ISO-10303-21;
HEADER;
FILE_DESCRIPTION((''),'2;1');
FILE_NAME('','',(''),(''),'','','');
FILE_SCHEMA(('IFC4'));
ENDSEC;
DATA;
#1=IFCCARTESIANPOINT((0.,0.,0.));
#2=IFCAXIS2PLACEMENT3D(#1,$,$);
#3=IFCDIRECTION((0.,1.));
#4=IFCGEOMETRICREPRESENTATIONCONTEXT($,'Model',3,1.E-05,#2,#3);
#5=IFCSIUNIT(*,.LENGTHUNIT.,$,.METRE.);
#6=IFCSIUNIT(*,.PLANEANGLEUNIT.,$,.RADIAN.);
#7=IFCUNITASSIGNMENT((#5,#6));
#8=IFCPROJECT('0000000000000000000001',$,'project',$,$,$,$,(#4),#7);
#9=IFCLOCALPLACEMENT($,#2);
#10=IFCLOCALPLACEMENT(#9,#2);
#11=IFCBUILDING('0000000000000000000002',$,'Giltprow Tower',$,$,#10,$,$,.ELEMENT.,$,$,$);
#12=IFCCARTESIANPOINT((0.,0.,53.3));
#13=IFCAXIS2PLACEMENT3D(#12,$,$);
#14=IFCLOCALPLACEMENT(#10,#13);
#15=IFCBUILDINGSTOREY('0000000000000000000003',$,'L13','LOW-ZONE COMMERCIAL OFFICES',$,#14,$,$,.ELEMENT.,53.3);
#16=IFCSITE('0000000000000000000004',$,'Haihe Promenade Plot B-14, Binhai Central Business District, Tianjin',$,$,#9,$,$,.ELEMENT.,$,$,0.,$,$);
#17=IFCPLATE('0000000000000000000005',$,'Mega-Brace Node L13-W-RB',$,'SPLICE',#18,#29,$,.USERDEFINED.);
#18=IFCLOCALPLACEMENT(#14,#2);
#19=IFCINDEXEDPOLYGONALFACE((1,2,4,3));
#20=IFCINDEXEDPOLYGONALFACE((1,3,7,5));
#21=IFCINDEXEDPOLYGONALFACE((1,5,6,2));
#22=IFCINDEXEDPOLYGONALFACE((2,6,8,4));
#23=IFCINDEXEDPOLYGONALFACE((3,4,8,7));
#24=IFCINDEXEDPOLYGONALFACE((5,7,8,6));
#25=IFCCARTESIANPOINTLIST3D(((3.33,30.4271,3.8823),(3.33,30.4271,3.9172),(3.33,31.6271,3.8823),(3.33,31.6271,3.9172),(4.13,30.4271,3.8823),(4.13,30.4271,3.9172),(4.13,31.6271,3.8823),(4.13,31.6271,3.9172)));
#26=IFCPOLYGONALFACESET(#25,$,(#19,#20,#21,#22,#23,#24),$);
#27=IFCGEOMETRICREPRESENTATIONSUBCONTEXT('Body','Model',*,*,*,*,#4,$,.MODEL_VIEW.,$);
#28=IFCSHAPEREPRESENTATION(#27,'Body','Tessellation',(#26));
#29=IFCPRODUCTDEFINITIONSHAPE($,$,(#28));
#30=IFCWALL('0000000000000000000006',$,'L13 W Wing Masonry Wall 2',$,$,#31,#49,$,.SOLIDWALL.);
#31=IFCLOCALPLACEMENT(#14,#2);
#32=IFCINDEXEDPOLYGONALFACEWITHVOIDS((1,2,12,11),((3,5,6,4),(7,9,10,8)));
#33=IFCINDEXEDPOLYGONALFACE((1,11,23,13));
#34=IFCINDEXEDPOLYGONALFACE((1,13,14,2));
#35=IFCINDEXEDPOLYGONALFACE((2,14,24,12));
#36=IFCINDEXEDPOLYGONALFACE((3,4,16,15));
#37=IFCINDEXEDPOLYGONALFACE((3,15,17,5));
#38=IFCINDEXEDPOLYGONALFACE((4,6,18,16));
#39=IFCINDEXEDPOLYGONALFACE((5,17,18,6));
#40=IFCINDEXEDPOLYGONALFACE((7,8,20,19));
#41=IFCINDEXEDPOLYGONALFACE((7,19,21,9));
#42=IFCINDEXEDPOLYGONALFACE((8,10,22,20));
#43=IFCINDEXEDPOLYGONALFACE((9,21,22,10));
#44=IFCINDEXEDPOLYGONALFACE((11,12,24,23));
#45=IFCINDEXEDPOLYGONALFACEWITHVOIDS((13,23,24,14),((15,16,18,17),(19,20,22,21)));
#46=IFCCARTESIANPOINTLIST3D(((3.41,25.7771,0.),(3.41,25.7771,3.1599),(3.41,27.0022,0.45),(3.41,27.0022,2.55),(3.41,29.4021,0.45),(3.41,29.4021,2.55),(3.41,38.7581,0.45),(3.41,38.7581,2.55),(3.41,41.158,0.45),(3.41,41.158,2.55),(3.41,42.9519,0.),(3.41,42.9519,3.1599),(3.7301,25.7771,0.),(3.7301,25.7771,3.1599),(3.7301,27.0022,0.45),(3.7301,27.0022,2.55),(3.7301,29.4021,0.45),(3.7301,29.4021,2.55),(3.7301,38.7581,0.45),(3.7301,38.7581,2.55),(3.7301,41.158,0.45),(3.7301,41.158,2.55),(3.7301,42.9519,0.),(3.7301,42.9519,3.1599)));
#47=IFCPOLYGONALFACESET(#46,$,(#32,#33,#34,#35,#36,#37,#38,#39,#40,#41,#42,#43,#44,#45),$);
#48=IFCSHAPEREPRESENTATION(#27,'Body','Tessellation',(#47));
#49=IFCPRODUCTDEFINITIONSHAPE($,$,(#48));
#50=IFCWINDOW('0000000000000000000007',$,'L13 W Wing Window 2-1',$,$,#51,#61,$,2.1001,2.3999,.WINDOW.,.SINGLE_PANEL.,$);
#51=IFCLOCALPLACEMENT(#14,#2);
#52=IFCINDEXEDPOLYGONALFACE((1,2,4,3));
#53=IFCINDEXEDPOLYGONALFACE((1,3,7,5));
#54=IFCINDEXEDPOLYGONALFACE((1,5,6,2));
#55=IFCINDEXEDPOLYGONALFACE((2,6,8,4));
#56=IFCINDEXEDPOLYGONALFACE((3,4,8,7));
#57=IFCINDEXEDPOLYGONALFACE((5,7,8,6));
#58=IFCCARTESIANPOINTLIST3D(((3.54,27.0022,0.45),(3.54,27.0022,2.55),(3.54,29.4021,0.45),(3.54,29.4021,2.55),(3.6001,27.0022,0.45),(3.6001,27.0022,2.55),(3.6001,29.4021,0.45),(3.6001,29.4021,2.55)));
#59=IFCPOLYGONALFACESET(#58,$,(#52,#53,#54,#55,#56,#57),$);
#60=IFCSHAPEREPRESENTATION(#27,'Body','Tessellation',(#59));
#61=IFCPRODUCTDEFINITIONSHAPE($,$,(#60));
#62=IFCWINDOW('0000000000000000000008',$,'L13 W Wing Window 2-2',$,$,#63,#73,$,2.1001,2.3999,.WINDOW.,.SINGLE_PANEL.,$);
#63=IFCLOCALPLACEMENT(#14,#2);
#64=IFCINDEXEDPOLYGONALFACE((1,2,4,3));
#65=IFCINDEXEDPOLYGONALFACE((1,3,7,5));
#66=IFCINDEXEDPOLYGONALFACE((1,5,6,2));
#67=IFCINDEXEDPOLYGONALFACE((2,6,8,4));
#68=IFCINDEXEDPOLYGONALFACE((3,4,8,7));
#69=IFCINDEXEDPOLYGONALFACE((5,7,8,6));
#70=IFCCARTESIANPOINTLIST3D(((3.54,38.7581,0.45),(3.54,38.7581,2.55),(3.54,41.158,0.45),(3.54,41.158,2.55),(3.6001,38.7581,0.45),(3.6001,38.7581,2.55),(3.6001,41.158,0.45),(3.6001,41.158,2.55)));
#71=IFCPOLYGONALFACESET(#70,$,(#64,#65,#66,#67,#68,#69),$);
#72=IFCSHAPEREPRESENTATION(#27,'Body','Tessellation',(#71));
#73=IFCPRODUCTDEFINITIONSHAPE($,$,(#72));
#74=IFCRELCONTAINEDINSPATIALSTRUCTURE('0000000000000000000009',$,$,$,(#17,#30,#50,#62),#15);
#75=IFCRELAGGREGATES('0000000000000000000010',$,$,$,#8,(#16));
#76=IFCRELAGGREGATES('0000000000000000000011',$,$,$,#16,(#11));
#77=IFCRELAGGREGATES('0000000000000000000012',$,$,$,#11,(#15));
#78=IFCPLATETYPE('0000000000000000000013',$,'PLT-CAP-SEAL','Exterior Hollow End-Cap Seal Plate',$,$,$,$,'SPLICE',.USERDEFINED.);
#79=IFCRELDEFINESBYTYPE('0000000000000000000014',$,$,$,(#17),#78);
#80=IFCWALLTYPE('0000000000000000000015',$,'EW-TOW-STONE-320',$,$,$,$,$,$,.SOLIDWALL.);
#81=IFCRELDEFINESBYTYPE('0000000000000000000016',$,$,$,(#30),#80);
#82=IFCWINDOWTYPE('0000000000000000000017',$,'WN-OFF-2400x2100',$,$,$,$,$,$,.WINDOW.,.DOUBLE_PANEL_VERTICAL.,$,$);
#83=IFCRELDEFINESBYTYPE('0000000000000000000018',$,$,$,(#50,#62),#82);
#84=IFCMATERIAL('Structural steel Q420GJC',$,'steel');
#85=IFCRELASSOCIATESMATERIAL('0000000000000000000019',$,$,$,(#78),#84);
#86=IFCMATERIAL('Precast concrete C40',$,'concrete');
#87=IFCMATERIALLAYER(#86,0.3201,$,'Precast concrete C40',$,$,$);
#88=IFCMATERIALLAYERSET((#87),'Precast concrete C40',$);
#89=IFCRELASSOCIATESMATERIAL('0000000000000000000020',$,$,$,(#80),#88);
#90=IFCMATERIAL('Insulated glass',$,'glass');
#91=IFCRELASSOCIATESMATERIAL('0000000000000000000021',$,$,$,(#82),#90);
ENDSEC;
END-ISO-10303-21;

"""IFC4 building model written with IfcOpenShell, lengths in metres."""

from ifc_helpers import new_model, si_unit, direction, frame, frame_2d, origin, origin_2d, place, context, subcontext, project, spatial, rectangle, extrude, source, transform, mapped, material, layer, layer_set, type_object, element, fill, save


model = new_model("IFC4")

# Units and contexts
model_context = context("Model", 3, precision=1e-05, world=origin(), true_north=direction((0.0, 1.0)))
body_context = subcontext(model_context, "Body", "Model", "MODEL_VIEW")
ifc_project = project(units=[si_unit("LENGTHUNIT", "METRE"), si_unit("PLANEANGLEUNIT", "RADIAN")], contexts=[model_context])

# Site, building, storey
site_placement = place(None, origin())
site = spatial("IfcSite", under=ifc_project, at=site_placement, Name="Haihe Promenade Plot B-14, Binhai Central Business District, Tianjin", CompositionType="ELEMENT", RefElevation=0.0)
building_placement = place(site_placement, origin())
building = spatial("IfcBuilding", under=site, at=building_placement, Name="Giltprow Tower", CompositionType="ELEMENT")
storey_placement = place(building_placement, frame((0.0, 0.0, 53.3)))
storey = spatial("IfcBuildingStorey", under=building, at=storey_placement, Name="L13", Description="LOW-ZONE COMMERCIAL OFFICES", CompositionType="ELEMENT", Elevation=53.3)

# Shared definitions
ifc_material_1 = material(Name="Structural steel Q420GJC", Category="steel")

# Plate
plate_type = type_object("IfcPlateType", Name="PLT-CAP-SEAL", Description="Exterior Hollow End-Cap Seal Plate", ElementType="SPLICE", PredefinedType="USERDEFINED", material=ifc_material_1)
shared_shape_1 = source(origin(), body_context, "Body", "SweptSolid", [
    extrude(rectangle(XDim=1.2, YDim=0.8, at=origin_2d()), origin(), (0.0, 0.0, 1.0), 0.0349),
])
plate_placement = place(storey_placement, frame((3.73, 31.0271, 3.8823), z_axis=(0.0, 0.0, 1.0), x_axis=(0.0, 1.0, 0.0)))
element("IfcPlate", 1, at=plate_placement, inside=storey, type_object=plate_type, Name="Mega-Brace Node L13-W-RB", ObjectType="SPLICE", PredefinedType="USERDEFINED", context=body_context, shape_type="MappedRepresentation", body=[
    mapped(shared_shape_1, transform((0.0, 0.0, 0.0), x_axis=(1.0, 0.0, 0.0), y_axis=(0.0, 1.0, 0.0), z_axis=(0.0, 0.0, 1.0), scale=1.0)),
])

# Wall, openings, windows
ifc_material_2 = material(Name="Precast concrete C40", Category="concrete")
ifc_layer_1 = layer(ifc_material_2, 0.3201, Name="Precast concrete C40")
ifc_layer_set_1 = layer_set([ifc_layer_1], Name="Precast concrete C40")
wall_type_1 = type_object("IfcWallType", Name="EW-TOW-STONE-320", PredefinedType="SOLIDWALL", material=ifc_layer_set_1)
wall_1_placement = place(storey_placement, frame((3.5701, 25.7771, 0.0), z_axis=(0.0, 0.0, 1.0), x_axis=(0.0, 1.0, 0.0)))
wall_1 = element("IfcWall", 2, at=wall_1_placement, inside=storey, type_object=wall_type_1, Name="L13 W Wing Masonry Wall 2", PredefinedType="SOLIDWALL", context=body_context, shape_type="SweptSolid", body=[
    extrude(rectangle(XDim=17.1748, YDim=0.3201, at=frame_2d((8.5874, 0.0))), origin(), (0.0, 0.0, 1.0), 3.1599),
])
opening_1_placement = place(wall_1_placement, frame((1.2251, 0.0, 0.45)))
opening_1 = element("IfcOpeningElement", 3, at=opening_1_placement, cuts=wall_1, PredefinedType="OPENING", context=body_context, shape_type="SweptSolid", body=[
    extrude(rectangle(XDim=2.3999, YDim=2.1001, at=frame_2d((1.2, 1.05))), frame((0.0, 0.1699, 0.0), z_axis=(0.0, -1.0, 0.0), x_axis=(1.0, 0.0, 0.0)), (0.0, 0.0, 1.0), 0.3401),
])
opening_2_placement = place(wall_1_placement, frame((12.981, 0.0, 0.45)))
opening_2 = element("IfcOpeningElement", 4, at=opening_2_placement, cuts=wall_1, PredefinedType="OPENING", context=body_context, shape_type="SweptSolid", body=[
    extrude(rectangle(XDim=2.3999, YDim=2.1001, at=frame_2d((1.2, 1.05))), frame((0.0, 0.1699, 0.0), z_axis=(0.0, -1.0, 0.0), x_axis=(1.0, 0.0, 0.0)), (0.0, 0.0, 1.0), 0.3401),
])
ifc_material_3 = material(Name="Insulated glass", Category="glass")
window_type = type_object("IfcWindowType", Name="WN-OFF-2400x2100", PartitioningType="DOUBLE_PANEL_VERTICAL", PredefinedType="WINDOW", material=ifc_material_3)
shared_shape_2 = source(origin(), body_context, "Body", "SweptSolid", [
    extrude(rectangle(XDim=2.3999, YDim=2.1001, at=frame_2d((1.2, 1.05))), frame((0.0, 0.03, 0.0), z_axis=(0.0, -1.0, 0.0), x_axis=(1.0, 0.0, 0.0)), (0.0, 0.0, 1.0), 0.0601),
])
window_1_placement = place(opening_1_placement, origin())
window_1 = element("IfcWindow", 5, at=window_1_placement, inside=storey, type_object=window_type, Name="L13 W Wing Window 2-1", OverallHeight=2.1001, OverallWidth=2.3999, PartitioningType="SINGLE_PANEL", PredefinedType="WINDOW", context=body_context, shape_type="MappedRepresentation", body=[
    mapped(shared_shape_2, transform((0.0, 0.0, 0.0), x_axis=(1.0, 0.0, 0.0), y_axis=(0.0, 1.0, 0.0), z_axis=(0.0, 0.0, 1.0), scale=1.0)),
])
fill(opening_1, window_1)
window_2_placement = place(opening_2_placement, origin())
window_2 = element("IfcWindow", 6, at=window_2_placement, inside=storey, type_object=window_type, Name="L13 W Wing Window 2-2", OverallHeight=2.1001, OverallWidth=2.3999, PartitioningType="SINGLE_PANEL", PredefinedType="WINDOW", context=body_context, shape_type="MappedRepresentation", body=[
    mapped(shared_shape_2, transform((0.0, 0.0, 0.0), x_axis=(1.0, 0.0, 0.0), y_axis=(0.0, 1.0, 0.0), z_axis=(0.0, 0.0, 1.0), scale=1.0)),
])
fill(opening_2, window_2)

save(model, "model.ifc")
